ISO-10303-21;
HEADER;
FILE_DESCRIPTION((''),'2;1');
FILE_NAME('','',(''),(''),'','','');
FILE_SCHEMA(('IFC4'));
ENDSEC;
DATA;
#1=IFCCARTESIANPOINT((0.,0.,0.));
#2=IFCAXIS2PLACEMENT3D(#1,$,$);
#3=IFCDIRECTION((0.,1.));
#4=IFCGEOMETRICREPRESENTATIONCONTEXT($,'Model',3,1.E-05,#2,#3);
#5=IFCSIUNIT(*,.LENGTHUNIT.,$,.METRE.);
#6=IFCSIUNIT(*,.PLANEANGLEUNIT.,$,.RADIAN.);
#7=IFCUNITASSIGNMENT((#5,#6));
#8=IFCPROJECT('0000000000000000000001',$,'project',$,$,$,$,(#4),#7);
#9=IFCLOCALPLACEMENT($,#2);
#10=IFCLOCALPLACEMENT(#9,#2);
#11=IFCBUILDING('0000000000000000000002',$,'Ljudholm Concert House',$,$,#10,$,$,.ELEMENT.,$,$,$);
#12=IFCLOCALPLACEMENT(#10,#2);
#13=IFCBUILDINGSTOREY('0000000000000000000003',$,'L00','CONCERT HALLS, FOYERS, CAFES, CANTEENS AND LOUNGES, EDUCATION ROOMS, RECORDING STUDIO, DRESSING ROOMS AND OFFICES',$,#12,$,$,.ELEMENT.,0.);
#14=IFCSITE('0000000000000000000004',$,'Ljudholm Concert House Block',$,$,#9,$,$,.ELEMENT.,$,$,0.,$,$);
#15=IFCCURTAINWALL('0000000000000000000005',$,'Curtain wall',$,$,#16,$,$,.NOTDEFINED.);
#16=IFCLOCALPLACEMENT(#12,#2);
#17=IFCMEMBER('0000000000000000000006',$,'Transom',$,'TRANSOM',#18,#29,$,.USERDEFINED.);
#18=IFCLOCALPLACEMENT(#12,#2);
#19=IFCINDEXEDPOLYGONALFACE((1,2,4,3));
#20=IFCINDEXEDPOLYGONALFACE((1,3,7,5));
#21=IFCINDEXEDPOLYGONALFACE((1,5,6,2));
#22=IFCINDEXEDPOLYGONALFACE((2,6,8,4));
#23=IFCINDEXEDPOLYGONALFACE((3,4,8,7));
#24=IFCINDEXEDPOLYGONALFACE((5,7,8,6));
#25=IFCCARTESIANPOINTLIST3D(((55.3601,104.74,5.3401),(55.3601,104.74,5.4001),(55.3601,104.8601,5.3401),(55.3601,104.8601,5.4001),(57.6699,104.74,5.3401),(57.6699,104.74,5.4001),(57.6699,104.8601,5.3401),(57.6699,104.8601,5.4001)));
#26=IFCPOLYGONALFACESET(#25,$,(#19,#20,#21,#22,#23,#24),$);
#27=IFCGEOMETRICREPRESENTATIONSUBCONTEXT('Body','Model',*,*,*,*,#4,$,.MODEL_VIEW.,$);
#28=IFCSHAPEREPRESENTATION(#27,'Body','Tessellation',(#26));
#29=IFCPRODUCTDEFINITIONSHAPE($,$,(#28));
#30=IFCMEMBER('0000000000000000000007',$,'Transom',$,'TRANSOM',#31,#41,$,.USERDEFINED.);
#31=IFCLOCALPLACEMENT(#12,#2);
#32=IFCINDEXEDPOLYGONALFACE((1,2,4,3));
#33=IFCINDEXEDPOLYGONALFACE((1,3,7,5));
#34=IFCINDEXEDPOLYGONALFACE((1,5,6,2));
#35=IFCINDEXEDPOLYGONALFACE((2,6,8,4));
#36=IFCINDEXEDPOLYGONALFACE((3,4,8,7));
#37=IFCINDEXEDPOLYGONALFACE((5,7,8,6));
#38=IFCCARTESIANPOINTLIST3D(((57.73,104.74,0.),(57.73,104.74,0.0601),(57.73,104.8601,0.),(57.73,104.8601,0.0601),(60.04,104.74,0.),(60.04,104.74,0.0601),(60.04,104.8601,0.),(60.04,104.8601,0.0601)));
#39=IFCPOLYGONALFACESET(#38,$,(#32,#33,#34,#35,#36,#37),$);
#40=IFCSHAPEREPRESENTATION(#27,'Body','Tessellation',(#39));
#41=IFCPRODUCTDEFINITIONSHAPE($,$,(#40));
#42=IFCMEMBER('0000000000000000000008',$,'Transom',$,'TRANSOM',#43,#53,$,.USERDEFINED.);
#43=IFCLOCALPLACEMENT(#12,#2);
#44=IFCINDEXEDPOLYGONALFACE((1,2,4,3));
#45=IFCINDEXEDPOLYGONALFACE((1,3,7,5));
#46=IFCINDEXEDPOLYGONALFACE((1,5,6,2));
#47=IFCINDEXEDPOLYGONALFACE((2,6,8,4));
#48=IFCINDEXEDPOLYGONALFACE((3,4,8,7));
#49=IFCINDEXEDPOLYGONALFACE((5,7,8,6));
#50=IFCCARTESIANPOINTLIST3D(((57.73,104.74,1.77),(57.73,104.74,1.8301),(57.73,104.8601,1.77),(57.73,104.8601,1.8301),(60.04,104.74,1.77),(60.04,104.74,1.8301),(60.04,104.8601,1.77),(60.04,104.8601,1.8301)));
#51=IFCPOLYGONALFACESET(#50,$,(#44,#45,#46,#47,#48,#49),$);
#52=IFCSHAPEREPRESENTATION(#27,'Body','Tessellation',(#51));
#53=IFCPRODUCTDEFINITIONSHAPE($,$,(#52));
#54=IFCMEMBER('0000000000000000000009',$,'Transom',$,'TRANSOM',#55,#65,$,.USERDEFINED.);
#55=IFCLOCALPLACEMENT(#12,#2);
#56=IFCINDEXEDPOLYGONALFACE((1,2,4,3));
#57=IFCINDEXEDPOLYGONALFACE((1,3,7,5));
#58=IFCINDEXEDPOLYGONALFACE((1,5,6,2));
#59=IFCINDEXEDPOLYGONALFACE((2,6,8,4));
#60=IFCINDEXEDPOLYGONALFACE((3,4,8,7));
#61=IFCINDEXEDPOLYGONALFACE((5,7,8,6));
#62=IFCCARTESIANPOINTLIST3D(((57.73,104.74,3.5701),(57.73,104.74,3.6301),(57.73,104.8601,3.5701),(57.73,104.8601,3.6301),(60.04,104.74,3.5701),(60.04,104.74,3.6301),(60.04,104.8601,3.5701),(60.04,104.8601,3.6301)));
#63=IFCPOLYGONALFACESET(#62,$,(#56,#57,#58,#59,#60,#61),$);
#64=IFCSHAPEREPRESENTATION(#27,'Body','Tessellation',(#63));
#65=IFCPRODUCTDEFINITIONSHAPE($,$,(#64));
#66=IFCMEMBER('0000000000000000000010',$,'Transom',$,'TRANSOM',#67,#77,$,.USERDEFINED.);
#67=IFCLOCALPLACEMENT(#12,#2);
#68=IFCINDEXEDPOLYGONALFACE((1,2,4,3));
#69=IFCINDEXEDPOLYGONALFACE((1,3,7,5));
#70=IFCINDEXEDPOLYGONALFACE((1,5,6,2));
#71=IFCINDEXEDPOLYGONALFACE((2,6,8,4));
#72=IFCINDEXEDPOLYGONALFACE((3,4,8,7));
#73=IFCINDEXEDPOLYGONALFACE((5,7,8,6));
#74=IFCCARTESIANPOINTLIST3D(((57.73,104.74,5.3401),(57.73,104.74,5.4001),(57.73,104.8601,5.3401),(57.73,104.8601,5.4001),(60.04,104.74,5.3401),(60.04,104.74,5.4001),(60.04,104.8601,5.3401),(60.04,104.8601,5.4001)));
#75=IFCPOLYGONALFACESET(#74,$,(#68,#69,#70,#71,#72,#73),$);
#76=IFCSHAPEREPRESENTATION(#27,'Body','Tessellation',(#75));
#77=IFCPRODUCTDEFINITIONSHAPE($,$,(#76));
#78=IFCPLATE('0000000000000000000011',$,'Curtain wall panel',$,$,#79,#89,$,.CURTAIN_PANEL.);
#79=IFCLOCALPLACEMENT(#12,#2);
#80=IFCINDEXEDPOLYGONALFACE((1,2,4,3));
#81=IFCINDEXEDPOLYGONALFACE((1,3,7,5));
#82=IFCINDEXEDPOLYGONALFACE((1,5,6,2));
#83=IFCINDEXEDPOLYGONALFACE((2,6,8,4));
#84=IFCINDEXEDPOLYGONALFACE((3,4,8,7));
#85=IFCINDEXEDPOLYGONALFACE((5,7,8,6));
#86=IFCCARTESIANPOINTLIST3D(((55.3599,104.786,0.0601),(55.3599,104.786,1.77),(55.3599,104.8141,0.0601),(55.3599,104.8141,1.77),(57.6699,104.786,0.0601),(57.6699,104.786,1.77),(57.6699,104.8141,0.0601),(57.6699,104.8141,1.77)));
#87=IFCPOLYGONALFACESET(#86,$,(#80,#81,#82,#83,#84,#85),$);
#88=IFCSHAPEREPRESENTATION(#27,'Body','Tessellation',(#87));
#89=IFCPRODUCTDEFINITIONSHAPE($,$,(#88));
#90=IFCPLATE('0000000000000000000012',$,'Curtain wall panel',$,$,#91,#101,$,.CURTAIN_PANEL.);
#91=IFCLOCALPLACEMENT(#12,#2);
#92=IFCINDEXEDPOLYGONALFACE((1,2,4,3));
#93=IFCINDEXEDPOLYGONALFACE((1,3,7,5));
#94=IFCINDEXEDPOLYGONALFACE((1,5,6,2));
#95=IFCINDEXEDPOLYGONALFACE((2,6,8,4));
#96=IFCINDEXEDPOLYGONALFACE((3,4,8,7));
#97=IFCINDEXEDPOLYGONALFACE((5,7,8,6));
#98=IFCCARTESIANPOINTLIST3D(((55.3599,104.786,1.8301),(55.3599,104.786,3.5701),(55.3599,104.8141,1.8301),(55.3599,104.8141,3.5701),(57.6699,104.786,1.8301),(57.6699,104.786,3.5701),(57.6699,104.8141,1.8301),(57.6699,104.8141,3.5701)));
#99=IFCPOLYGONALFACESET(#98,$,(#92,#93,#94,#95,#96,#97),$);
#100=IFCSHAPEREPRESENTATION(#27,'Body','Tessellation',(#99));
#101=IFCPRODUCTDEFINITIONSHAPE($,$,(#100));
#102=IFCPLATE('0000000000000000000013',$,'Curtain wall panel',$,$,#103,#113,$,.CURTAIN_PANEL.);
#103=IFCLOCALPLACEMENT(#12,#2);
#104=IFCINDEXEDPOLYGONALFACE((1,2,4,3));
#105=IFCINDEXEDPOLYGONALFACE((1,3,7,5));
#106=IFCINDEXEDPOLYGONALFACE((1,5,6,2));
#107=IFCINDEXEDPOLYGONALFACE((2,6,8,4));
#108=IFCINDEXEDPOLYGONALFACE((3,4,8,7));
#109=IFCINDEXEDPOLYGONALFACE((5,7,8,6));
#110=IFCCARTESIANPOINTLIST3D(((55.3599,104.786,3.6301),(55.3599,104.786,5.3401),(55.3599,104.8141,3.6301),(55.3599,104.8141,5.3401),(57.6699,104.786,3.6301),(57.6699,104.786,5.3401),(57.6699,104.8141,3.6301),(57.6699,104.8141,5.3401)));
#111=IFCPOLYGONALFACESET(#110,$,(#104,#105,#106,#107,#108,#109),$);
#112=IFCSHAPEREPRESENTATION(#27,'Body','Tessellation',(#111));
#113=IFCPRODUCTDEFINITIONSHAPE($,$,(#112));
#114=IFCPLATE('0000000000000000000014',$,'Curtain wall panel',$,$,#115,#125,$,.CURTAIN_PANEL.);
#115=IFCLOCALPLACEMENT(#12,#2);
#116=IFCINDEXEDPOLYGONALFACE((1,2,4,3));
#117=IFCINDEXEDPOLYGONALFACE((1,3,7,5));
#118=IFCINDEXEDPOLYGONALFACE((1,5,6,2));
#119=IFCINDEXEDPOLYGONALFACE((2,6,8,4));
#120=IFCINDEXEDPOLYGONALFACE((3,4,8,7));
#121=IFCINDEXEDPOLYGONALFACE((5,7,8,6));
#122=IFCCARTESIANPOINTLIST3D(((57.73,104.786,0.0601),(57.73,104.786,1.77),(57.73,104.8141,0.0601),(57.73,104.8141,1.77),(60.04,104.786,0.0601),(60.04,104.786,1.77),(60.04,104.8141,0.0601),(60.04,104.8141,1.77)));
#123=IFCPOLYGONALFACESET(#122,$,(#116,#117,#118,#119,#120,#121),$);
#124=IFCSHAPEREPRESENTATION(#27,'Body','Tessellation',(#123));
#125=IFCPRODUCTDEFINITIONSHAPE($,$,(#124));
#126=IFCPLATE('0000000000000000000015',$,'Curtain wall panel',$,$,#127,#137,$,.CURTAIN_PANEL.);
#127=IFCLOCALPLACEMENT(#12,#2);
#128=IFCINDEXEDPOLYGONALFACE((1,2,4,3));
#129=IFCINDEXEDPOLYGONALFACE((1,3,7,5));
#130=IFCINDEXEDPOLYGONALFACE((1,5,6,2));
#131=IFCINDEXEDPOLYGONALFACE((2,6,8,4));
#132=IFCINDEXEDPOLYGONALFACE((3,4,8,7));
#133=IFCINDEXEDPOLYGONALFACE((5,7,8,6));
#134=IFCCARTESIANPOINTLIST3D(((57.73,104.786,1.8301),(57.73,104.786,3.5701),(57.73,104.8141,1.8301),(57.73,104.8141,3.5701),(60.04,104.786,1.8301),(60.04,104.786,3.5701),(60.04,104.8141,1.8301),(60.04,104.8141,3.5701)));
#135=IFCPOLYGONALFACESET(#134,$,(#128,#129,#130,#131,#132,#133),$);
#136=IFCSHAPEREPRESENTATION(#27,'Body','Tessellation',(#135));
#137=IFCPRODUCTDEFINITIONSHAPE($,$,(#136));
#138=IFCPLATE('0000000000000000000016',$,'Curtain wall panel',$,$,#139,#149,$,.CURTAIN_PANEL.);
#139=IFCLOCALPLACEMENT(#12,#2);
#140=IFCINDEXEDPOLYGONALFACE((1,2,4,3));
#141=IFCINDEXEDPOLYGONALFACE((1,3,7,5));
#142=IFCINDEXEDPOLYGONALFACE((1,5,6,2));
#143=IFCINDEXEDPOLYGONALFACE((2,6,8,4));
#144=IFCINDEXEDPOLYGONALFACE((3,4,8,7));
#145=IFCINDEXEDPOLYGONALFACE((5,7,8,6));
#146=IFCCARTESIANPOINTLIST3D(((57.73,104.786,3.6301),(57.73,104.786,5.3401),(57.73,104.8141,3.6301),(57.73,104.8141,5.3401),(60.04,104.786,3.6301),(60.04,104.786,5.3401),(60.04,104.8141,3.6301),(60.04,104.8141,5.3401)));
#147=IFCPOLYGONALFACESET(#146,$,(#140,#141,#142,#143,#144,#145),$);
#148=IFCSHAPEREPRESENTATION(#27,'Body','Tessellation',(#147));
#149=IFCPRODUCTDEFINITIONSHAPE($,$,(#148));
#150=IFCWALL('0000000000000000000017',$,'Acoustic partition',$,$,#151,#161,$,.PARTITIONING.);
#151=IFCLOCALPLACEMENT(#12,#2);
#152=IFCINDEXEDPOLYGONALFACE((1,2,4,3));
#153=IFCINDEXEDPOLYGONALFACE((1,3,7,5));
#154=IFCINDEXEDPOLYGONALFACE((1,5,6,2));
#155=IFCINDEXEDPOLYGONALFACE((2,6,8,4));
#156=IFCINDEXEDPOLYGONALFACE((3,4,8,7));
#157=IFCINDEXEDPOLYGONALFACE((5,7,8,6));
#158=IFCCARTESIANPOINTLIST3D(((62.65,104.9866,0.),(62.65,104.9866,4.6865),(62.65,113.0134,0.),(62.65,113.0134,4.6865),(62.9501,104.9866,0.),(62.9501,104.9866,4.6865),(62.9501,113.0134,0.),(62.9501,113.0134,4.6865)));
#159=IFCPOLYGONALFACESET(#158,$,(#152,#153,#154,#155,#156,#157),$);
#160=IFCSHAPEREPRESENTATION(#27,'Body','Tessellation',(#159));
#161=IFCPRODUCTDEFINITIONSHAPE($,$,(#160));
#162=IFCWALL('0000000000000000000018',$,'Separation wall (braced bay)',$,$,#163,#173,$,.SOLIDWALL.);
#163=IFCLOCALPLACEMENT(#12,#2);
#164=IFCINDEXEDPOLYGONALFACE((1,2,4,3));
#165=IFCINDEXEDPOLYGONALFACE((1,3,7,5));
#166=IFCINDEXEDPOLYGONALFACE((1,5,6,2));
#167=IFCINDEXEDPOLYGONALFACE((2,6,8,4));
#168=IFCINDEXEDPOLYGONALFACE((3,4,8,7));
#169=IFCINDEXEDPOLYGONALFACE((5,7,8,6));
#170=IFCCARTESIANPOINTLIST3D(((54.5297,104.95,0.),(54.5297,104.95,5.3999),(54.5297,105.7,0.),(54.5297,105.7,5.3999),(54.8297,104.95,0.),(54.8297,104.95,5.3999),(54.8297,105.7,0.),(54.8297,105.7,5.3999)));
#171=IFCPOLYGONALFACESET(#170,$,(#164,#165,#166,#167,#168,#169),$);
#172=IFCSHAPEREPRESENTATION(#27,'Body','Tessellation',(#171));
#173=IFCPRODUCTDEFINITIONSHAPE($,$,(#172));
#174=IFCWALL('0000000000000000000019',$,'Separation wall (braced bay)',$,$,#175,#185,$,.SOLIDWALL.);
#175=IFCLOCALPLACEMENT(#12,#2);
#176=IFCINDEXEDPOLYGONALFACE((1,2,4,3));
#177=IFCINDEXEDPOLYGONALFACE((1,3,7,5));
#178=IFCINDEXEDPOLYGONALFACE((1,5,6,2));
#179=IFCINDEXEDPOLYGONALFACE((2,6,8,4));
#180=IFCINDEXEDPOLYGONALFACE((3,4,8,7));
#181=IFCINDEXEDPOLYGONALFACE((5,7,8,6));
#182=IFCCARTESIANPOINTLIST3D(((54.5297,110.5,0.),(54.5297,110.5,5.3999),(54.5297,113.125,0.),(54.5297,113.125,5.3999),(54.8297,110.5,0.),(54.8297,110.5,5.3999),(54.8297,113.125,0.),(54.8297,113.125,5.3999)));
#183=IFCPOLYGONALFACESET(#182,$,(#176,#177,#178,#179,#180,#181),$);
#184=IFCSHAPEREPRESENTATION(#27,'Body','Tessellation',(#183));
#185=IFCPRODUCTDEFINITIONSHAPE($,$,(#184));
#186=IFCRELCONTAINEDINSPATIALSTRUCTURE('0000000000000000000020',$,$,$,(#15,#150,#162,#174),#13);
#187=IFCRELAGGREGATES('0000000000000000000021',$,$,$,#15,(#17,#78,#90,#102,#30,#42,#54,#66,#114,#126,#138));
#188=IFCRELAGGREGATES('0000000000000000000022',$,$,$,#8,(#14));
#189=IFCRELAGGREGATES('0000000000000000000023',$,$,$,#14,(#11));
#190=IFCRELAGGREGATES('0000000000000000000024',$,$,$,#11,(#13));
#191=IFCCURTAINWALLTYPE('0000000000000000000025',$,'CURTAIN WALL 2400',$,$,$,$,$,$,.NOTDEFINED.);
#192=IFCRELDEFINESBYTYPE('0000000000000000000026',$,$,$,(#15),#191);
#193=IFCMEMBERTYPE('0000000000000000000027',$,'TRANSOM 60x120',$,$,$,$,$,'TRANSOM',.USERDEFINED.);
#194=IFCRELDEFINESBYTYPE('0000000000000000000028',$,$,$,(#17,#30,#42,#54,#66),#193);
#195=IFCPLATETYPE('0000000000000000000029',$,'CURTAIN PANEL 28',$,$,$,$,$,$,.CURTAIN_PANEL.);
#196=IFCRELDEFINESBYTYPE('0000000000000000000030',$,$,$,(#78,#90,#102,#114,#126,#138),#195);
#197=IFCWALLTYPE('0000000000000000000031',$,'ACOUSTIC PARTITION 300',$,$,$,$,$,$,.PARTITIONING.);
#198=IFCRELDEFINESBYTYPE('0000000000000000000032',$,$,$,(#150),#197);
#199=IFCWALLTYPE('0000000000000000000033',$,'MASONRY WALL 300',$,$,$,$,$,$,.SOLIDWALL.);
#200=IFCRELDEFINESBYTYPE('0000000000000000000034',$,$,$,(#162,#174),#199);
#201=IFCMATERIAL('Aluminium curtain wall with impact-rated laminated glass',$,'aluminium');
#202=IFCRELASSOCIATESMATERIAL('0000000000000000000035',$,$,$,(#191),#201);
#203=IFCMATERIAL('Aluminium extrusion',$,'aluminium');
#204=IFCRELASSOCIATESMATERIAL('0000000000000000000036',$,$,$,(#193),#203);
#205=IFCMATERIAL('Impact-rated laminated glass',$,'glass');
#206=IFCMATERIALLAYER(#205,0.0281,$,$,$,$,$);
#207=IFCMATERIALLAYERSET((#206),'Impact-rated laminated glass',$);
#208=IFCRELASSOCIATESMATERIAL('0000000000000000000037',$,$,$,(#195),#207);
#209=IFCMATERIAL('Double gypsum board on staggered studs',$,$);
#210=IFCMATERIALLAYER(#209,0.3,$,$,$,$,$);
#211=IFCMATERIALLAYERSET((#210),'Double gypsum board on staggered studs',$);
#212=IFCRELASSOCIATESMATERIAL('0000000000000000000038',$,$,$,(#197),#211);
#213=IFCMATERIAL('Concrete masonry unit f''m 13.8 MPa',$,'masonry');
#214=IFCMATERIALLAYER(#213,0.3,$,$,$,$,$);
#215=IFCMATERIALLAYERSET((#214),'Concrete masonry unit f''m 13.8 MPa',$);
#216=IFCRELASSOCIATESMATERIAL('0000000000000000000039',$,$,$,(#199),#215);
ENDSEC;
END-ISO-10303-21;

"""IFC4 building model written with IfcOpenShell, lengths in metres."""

from ifc_helpers import new_model, si_unit, direction, frame, frame_2d, origin, origin_2d, place, context, subcontext, project, spatial, rectangle, extrude, material, layer, layer_set, material_profile, profile_set, type_object, element, aggregate, save


model = new_model("IFC4")

# Units and contexts
model_context = context("Model", 3, precision=1e-05, world=origin(), true_north=direction((0.0, 1.0)))
body_context = subcontext(model_context, "Body", "Model", "MODEL_VIEW")
ifc_project = project(units=[si_unit("LENGTHUNIT", "METRE"), si_unit("PLANEANGLEUNIT", "RADIAN")], contexts=[model_context])

# Site, building, storey
site_placement = place(None, origin())
site = spatial("IfcSite", under=ifc_project, at=site_placement, Name="Ljudholm Concert House Block", CompositionType="ELEMENT", RefElevation=0.0)
building_placement = place(site_placement, origin())
building = spatial("IfcBuilding", under=site, at=building_placement, Name="Ljudholm Concert House", CompositionType="ELEMENT")
storey_placement = place(building_placement, origin())
storey = spatial("IfcBuildingStorey", under=building, at=storey_placement, Name="L00", Description="CONCERT HALLS, FOYERS, CAFES, CANTEENS AND LOUNGES, EDUCATION ROOMS, RECORDING STUDIO, DRESSING ROOMS AND OFFICES", CompositionType="ELEMENT", Elevation=0.0)

# Curtain wall
ifc_material_1 = material(Name="Aluminium curtain wall with impact-rated laminated glass", Category="aluminium")
curtain_wall_type = type_object("IfcCurtainWallType", Name="CURTAIN WALL 2400", PredefinedType="NOTDEFINED", material=ifc_material_1)
curtain_wall_placement = place(storey_placement, origin())
curtain_wall = element("IfcCurtainWall", 1, at=curtain_wall_placement, inside=storey, type_object=curtain_wall_type, Name="Curtain wall", PredefinedType="NOTDEFINED")

# Members
ifc_material_2 = material(Name="Aluminium extrusion", Category="aluminium")
ifc_material_profile_1 = material_profile(ifc_material_2, rectangle(XDim=0.1201, YDim=0.0601, at=origin_2d()), Name="TRANSOM 60x120")
ifc_profile_set_1 = profile_set([ifc_material_profile_1], Name="Aluminium extrusion")
member_type_1 = type_object("IfcMemberType", Name="TRANSOM 60x120", ElementType="TRANSOM", PredefinedType="USERDEFINED", material=ifc_profile_set_1)
member_1_placement = place(storey_placement, frame((55.3601, 104.8, 5.3701), z_axis=(1.0, 0.0, 0.0), x_axis=(0.0, 1.0, 0.0)))
member_1 = element("IfcMember", 2, at=member_1_placement, type_object=member_type_1, Name="Transom", ObjectType="TRANSOM", PredefinedType="USERDEFINED", context=body_context, shape_type="SweptSolid", body=[
    extrude(rectangle(XDim=0.1201, YDim=0.0601, at=origin_2d()), origin(), (0.0, 0.0, 1.0), 2.3098),
])
member_2_placement = place(storey_placement, frame((57.73, 104.8, 0.03), z_axis=(1.0, 0.0, 0.0), x_axis=(0.0, 1.0, 0.0)))
member_2 = element("IfcMember", 3, at=member_2_placement, type_object=member_type_1, Name="Transom", ObjectType="TRANSOM", PredefinedType="USERDEFINED", context=body_context, shape_type="SweptSolid", body=[
    extrude(rectangle(XDim=0.1201, YDim=0.0601, at=origin_2d()), origin(), (0.0, 0.0, 1.0), 2.3101),
])
member_3_placement = place(storey_placement, frame((57.73, 104.8, 1.8), z_axis=(1.0, 0.0, 0.0), x_axis=(0.0, 1.0, 0.0)))
member_3 = element("IfcMember", 4, at=member_3_placement, type_object=member_type_1, Name="Transom", ObjectType="TRANSOM", PredefinedType="USERDEFINED", context=body_context, shape_type="SweptSolid", body=[
    extrude(rectangle(XDim=0.1201, YDim=0.0601, at=origin_2d()), origin(), (0.0, 0.0, 1.0), 2.3101),
])
member_4_placement = place(storey_placement, frame((57.73, 104.8, 3.6001), z_axis=(1.0, 0.0, 0.0), x_axis=(0.0, 1.0, 0.0)))
member_4 = element("IfcMember", 5, at=member_4_placement, type_object=member_type_1, Name="Transom", ObjectType="TRANSOM", PredefinedType="USERDEFINED", context=body_context, shape_type="SweptSolid", body=[
    extrude(rectangle(XDim=0.1201, YDim=0.0601, at=origin_2d()), origin(), (0.0, 0.0, 1.0), 2.3101),
])
member_5_placement = place(storey_placement, frame((57.73, 104.8, 5.3701), z_axis=(1.0, 0.0, 0.0), x_axis=(0.0, 1.0, 0.0)))
member_5 = element("IfcMember", 6, at=member_5_placement, type_object=member_type_1, Name="Transom", ObjectType="TRANSOM", PredefinedType="USERDEFINED", context=body_context, shape_type="SweptSolid", body=[
    extrude(rectangle(XDim=0.1201, YDim=0.0601, at=origin_2d()), origin(), (0.0, 0.0, 1.0), 2.3101),
])

# Plates
ifc_material_3 = material(Name="Impact-rated laminated glass", Category="glass")
ifc_layer_1 = layer(ifc_material_3, 0.0281)
ifc_layer_set_1 = layer_set([ifc_layer_1], Name="Impact-rated laminated glass")
plate_type = type_object("IfcPlateType", Name="CURTAIN PANEL 28", PredefinedType="CURTAIN_PANEL", material=ifc_layer_set_1)
plate_1_placement = place(storey_placement, frame((56.5149, 104.8, 0.0601), z_axis=(0.0, 0.0, 1.0), x_axis=(1.0, 0.0, 0.0)))
plate_1 = element("IfcPlate", 7, at=plate_1_placement, type_object=plate_type, Name="Curtain wall panel", PredefinedType="CURTAIN_PANEL", context=body_context, shape_type="SweptSolid", body=[
    extrude(rectangle(XDim=2.3101, YDim=0.0281, at=origin_2d()), origin(), (0.0, 0.0, 1.0), 1.71),
])
plate_2_placement = place(storey_placement, frame((56.5149, 104.8, 1.8301), z_axis=(0.0, 0.0, 1.0), x_axis=(1.0, 0.0, 0.0)))
plate_2 = element("IfcPlate", 8, at=plate_2_placement, type_object=plate_type, Name="Curtain wall panel", PredefinedType="CURTAIN_PANEL", context=body_context, shape_type="SweptSolid", body=[
    extrude(rectangle(XDim=2.3101, YDim=0.0281, at=origin_2d()), origin(), (0.0, 0.0, 1.0), 1.74),
])
plate_3_placement = place(storey_placement, frame((56.5149, 104.8, 3.6301), z_axis=(0.0, 0.0, 1.0), x_axis=(1.0, 0.0, 0.0)))
plate_3 = element("IfcPlate", 9, at=plate_3_placement, type_object=plate_type, Name="Curtain wall panel", PredefinedType="CURTAIN_PANEL", context=body_context, shape_type="SweptSolid", body=[
    extrude(rectangle(XDim=2.3101, YDim=0.0281, at=origin_2d()), origin(), (0.0, 0.0, 1.0), 1.71),
])
plate_4_placement = place(storey_placement, frame((58.885, 104.8, 0.0601), z_axis=(0.0, 0.0, 1.0), x_axis=(1.0, 0.0, 0.0)))
plate_4 = element("IfcPlate", 10, at=plate_4_placement, type_object=plate_type, Name="Curtain wall panel", PredefinedType="CURTAIN_PANEL", context=body_context, shape_type="SweptSolid", body=[
    extrude(rectangle(XDim=2.3101, YDim=0.0281, at=origin_2d()), origin(), (0.0, 0.0, 1.0), 1.71),
])
plate_5_placement = place(storey_placement, frame((58.885, 104.8, 1.8301), z_axis=(0.0, 0.0, 1.0), x_axis=(1.0, 0.0, 0.0)))
plate_5 = element("IfcPlate", 11, at=plate_5_placement, type_object=plate_type, Name="Curtain wall panel", PredefinedType="CURTAIN_PANEL", context=body_context, shape_type="SweptSolid", body=[
    extrude(rectangle(XDim=2.3101, YDim=0.0281, at=origin_2d()), origin(), (0.0, 0.0, 1.0), 1.74),
])
plate_6_placement = place(storey_placement, frame((58.885, 104.8, 3.6301), z_axis=(0.0, 0.0, 1.0), x_axis=(1.0, 0.0, 0.0)))
plate_6 = element("IfcPlate", 12, at=plate_6_placement, type_object=plate_type, Name="Curtain wall panel", PredefinedType="CURTAIN_PANEL", context=body_context, shape_type="SweptSolid", body=[
    extrude(rectangle(XDim=2.3101, YDim=0.0281, at=origin_2d()), origin(), (0.0, 0.0, 1.0), 1.71),
])
aggregate(curtain_wall, [member_1, plate_1, plate_2, plate_3, member_2, member_3, member_4, member_5, plate_4, plate_5, plate_6])

# Walls
ifc_material_4 = material(Name="Double gypsum board on staggered studs")
ifc_layer_2 = layer(ifc_material_4, 0.3)
ifc_layer_set_2 = layer_set([ifc_layer_2], Name="Double gypsum board on staggered studs")
wall_type_1 = type_object("IfcWallType", Name="ACOUSTIC PARTITION 300", PredefinedType="PARTITIONING", material=ifc_layer_set_2)
wall_1_placement = place(storey_placement, frame((62.8, 104.9866, 0.0), z_axis=(0.0, 0.0, 1.0), x_axis=(0.0, 1.0, 0.0)))
element("IfcWall", 13, at=wall_1_placement, inside=storey, type_object=wall_type_1, Name="Acoustic partition", PredefinedType="PARTITIONING", context=body_context, shape_type="SweptSolid", body=[
    extrude(rectangle(XDim=8.0269, YDim=0.3, at=frame_2d((4.0134, 0.0))), origin(), (0.0, 0.0, 1.0), 4.6865),
])
ifc_material_5 = material(Name="Concrete masonry unit f'm 13.8 MPa", Category="masonry")
ifc_layer_3 = layer(ifc_material_5, 0.3)
ifc_layer_set_3 = layer_set([ifc_layer_3], Name="Concrete masonry unit f'm 13.8 MPa")
wall_type_2 = type_object("IfcWallType", Name="MASONRY WALL 300", PredefinedType="SOLIDWALL", material=ifc_layer_set_3)
wall_2_placement = place(storey_placement, frame((54.6797, 104.95, 0.0), z_axis=(0.0, 0.0, 1.0), x_axis=(0.0, 1.0, 0.0)))
element("IfcWall", 14, at=wall_2_placement, inside=storey, type_object=wall_type_2, Name="Separation wall (braced bay)", PredefinedType="SOLIDWALL", context=body_context, shape_type="SweptSolid", body=[
    extrude(rectangle(XDim=0.75, YDim=0.3, at=frame_2d((0.375, 0.0))), origin(), (0.0, 0.0, 1.0), 5.3999),
])
wall_3_placement = place(storey_placement, frame((54.6797, 110.5, 0.0), z_axis=(0.0, 0.0, 1.0), x_axis=(0.0, 1.0, 0.0)))
element("IfcWall", 15, at=wall_3_placement, inside=storey, type_object=wall_type_2, Name="Separation wall (braced bay)", PredefinedType="SOLIDWALL", context=body_context, shape_type="SweptSolid", body=[
    extrude(rectangle(XDim=2.625, YDim=0.3, at=frame_2d((1.3125, 0.0))), origin(), (0.0, 0.0, 1.0), 5.3999),
])

save(model, "model.ifc")
